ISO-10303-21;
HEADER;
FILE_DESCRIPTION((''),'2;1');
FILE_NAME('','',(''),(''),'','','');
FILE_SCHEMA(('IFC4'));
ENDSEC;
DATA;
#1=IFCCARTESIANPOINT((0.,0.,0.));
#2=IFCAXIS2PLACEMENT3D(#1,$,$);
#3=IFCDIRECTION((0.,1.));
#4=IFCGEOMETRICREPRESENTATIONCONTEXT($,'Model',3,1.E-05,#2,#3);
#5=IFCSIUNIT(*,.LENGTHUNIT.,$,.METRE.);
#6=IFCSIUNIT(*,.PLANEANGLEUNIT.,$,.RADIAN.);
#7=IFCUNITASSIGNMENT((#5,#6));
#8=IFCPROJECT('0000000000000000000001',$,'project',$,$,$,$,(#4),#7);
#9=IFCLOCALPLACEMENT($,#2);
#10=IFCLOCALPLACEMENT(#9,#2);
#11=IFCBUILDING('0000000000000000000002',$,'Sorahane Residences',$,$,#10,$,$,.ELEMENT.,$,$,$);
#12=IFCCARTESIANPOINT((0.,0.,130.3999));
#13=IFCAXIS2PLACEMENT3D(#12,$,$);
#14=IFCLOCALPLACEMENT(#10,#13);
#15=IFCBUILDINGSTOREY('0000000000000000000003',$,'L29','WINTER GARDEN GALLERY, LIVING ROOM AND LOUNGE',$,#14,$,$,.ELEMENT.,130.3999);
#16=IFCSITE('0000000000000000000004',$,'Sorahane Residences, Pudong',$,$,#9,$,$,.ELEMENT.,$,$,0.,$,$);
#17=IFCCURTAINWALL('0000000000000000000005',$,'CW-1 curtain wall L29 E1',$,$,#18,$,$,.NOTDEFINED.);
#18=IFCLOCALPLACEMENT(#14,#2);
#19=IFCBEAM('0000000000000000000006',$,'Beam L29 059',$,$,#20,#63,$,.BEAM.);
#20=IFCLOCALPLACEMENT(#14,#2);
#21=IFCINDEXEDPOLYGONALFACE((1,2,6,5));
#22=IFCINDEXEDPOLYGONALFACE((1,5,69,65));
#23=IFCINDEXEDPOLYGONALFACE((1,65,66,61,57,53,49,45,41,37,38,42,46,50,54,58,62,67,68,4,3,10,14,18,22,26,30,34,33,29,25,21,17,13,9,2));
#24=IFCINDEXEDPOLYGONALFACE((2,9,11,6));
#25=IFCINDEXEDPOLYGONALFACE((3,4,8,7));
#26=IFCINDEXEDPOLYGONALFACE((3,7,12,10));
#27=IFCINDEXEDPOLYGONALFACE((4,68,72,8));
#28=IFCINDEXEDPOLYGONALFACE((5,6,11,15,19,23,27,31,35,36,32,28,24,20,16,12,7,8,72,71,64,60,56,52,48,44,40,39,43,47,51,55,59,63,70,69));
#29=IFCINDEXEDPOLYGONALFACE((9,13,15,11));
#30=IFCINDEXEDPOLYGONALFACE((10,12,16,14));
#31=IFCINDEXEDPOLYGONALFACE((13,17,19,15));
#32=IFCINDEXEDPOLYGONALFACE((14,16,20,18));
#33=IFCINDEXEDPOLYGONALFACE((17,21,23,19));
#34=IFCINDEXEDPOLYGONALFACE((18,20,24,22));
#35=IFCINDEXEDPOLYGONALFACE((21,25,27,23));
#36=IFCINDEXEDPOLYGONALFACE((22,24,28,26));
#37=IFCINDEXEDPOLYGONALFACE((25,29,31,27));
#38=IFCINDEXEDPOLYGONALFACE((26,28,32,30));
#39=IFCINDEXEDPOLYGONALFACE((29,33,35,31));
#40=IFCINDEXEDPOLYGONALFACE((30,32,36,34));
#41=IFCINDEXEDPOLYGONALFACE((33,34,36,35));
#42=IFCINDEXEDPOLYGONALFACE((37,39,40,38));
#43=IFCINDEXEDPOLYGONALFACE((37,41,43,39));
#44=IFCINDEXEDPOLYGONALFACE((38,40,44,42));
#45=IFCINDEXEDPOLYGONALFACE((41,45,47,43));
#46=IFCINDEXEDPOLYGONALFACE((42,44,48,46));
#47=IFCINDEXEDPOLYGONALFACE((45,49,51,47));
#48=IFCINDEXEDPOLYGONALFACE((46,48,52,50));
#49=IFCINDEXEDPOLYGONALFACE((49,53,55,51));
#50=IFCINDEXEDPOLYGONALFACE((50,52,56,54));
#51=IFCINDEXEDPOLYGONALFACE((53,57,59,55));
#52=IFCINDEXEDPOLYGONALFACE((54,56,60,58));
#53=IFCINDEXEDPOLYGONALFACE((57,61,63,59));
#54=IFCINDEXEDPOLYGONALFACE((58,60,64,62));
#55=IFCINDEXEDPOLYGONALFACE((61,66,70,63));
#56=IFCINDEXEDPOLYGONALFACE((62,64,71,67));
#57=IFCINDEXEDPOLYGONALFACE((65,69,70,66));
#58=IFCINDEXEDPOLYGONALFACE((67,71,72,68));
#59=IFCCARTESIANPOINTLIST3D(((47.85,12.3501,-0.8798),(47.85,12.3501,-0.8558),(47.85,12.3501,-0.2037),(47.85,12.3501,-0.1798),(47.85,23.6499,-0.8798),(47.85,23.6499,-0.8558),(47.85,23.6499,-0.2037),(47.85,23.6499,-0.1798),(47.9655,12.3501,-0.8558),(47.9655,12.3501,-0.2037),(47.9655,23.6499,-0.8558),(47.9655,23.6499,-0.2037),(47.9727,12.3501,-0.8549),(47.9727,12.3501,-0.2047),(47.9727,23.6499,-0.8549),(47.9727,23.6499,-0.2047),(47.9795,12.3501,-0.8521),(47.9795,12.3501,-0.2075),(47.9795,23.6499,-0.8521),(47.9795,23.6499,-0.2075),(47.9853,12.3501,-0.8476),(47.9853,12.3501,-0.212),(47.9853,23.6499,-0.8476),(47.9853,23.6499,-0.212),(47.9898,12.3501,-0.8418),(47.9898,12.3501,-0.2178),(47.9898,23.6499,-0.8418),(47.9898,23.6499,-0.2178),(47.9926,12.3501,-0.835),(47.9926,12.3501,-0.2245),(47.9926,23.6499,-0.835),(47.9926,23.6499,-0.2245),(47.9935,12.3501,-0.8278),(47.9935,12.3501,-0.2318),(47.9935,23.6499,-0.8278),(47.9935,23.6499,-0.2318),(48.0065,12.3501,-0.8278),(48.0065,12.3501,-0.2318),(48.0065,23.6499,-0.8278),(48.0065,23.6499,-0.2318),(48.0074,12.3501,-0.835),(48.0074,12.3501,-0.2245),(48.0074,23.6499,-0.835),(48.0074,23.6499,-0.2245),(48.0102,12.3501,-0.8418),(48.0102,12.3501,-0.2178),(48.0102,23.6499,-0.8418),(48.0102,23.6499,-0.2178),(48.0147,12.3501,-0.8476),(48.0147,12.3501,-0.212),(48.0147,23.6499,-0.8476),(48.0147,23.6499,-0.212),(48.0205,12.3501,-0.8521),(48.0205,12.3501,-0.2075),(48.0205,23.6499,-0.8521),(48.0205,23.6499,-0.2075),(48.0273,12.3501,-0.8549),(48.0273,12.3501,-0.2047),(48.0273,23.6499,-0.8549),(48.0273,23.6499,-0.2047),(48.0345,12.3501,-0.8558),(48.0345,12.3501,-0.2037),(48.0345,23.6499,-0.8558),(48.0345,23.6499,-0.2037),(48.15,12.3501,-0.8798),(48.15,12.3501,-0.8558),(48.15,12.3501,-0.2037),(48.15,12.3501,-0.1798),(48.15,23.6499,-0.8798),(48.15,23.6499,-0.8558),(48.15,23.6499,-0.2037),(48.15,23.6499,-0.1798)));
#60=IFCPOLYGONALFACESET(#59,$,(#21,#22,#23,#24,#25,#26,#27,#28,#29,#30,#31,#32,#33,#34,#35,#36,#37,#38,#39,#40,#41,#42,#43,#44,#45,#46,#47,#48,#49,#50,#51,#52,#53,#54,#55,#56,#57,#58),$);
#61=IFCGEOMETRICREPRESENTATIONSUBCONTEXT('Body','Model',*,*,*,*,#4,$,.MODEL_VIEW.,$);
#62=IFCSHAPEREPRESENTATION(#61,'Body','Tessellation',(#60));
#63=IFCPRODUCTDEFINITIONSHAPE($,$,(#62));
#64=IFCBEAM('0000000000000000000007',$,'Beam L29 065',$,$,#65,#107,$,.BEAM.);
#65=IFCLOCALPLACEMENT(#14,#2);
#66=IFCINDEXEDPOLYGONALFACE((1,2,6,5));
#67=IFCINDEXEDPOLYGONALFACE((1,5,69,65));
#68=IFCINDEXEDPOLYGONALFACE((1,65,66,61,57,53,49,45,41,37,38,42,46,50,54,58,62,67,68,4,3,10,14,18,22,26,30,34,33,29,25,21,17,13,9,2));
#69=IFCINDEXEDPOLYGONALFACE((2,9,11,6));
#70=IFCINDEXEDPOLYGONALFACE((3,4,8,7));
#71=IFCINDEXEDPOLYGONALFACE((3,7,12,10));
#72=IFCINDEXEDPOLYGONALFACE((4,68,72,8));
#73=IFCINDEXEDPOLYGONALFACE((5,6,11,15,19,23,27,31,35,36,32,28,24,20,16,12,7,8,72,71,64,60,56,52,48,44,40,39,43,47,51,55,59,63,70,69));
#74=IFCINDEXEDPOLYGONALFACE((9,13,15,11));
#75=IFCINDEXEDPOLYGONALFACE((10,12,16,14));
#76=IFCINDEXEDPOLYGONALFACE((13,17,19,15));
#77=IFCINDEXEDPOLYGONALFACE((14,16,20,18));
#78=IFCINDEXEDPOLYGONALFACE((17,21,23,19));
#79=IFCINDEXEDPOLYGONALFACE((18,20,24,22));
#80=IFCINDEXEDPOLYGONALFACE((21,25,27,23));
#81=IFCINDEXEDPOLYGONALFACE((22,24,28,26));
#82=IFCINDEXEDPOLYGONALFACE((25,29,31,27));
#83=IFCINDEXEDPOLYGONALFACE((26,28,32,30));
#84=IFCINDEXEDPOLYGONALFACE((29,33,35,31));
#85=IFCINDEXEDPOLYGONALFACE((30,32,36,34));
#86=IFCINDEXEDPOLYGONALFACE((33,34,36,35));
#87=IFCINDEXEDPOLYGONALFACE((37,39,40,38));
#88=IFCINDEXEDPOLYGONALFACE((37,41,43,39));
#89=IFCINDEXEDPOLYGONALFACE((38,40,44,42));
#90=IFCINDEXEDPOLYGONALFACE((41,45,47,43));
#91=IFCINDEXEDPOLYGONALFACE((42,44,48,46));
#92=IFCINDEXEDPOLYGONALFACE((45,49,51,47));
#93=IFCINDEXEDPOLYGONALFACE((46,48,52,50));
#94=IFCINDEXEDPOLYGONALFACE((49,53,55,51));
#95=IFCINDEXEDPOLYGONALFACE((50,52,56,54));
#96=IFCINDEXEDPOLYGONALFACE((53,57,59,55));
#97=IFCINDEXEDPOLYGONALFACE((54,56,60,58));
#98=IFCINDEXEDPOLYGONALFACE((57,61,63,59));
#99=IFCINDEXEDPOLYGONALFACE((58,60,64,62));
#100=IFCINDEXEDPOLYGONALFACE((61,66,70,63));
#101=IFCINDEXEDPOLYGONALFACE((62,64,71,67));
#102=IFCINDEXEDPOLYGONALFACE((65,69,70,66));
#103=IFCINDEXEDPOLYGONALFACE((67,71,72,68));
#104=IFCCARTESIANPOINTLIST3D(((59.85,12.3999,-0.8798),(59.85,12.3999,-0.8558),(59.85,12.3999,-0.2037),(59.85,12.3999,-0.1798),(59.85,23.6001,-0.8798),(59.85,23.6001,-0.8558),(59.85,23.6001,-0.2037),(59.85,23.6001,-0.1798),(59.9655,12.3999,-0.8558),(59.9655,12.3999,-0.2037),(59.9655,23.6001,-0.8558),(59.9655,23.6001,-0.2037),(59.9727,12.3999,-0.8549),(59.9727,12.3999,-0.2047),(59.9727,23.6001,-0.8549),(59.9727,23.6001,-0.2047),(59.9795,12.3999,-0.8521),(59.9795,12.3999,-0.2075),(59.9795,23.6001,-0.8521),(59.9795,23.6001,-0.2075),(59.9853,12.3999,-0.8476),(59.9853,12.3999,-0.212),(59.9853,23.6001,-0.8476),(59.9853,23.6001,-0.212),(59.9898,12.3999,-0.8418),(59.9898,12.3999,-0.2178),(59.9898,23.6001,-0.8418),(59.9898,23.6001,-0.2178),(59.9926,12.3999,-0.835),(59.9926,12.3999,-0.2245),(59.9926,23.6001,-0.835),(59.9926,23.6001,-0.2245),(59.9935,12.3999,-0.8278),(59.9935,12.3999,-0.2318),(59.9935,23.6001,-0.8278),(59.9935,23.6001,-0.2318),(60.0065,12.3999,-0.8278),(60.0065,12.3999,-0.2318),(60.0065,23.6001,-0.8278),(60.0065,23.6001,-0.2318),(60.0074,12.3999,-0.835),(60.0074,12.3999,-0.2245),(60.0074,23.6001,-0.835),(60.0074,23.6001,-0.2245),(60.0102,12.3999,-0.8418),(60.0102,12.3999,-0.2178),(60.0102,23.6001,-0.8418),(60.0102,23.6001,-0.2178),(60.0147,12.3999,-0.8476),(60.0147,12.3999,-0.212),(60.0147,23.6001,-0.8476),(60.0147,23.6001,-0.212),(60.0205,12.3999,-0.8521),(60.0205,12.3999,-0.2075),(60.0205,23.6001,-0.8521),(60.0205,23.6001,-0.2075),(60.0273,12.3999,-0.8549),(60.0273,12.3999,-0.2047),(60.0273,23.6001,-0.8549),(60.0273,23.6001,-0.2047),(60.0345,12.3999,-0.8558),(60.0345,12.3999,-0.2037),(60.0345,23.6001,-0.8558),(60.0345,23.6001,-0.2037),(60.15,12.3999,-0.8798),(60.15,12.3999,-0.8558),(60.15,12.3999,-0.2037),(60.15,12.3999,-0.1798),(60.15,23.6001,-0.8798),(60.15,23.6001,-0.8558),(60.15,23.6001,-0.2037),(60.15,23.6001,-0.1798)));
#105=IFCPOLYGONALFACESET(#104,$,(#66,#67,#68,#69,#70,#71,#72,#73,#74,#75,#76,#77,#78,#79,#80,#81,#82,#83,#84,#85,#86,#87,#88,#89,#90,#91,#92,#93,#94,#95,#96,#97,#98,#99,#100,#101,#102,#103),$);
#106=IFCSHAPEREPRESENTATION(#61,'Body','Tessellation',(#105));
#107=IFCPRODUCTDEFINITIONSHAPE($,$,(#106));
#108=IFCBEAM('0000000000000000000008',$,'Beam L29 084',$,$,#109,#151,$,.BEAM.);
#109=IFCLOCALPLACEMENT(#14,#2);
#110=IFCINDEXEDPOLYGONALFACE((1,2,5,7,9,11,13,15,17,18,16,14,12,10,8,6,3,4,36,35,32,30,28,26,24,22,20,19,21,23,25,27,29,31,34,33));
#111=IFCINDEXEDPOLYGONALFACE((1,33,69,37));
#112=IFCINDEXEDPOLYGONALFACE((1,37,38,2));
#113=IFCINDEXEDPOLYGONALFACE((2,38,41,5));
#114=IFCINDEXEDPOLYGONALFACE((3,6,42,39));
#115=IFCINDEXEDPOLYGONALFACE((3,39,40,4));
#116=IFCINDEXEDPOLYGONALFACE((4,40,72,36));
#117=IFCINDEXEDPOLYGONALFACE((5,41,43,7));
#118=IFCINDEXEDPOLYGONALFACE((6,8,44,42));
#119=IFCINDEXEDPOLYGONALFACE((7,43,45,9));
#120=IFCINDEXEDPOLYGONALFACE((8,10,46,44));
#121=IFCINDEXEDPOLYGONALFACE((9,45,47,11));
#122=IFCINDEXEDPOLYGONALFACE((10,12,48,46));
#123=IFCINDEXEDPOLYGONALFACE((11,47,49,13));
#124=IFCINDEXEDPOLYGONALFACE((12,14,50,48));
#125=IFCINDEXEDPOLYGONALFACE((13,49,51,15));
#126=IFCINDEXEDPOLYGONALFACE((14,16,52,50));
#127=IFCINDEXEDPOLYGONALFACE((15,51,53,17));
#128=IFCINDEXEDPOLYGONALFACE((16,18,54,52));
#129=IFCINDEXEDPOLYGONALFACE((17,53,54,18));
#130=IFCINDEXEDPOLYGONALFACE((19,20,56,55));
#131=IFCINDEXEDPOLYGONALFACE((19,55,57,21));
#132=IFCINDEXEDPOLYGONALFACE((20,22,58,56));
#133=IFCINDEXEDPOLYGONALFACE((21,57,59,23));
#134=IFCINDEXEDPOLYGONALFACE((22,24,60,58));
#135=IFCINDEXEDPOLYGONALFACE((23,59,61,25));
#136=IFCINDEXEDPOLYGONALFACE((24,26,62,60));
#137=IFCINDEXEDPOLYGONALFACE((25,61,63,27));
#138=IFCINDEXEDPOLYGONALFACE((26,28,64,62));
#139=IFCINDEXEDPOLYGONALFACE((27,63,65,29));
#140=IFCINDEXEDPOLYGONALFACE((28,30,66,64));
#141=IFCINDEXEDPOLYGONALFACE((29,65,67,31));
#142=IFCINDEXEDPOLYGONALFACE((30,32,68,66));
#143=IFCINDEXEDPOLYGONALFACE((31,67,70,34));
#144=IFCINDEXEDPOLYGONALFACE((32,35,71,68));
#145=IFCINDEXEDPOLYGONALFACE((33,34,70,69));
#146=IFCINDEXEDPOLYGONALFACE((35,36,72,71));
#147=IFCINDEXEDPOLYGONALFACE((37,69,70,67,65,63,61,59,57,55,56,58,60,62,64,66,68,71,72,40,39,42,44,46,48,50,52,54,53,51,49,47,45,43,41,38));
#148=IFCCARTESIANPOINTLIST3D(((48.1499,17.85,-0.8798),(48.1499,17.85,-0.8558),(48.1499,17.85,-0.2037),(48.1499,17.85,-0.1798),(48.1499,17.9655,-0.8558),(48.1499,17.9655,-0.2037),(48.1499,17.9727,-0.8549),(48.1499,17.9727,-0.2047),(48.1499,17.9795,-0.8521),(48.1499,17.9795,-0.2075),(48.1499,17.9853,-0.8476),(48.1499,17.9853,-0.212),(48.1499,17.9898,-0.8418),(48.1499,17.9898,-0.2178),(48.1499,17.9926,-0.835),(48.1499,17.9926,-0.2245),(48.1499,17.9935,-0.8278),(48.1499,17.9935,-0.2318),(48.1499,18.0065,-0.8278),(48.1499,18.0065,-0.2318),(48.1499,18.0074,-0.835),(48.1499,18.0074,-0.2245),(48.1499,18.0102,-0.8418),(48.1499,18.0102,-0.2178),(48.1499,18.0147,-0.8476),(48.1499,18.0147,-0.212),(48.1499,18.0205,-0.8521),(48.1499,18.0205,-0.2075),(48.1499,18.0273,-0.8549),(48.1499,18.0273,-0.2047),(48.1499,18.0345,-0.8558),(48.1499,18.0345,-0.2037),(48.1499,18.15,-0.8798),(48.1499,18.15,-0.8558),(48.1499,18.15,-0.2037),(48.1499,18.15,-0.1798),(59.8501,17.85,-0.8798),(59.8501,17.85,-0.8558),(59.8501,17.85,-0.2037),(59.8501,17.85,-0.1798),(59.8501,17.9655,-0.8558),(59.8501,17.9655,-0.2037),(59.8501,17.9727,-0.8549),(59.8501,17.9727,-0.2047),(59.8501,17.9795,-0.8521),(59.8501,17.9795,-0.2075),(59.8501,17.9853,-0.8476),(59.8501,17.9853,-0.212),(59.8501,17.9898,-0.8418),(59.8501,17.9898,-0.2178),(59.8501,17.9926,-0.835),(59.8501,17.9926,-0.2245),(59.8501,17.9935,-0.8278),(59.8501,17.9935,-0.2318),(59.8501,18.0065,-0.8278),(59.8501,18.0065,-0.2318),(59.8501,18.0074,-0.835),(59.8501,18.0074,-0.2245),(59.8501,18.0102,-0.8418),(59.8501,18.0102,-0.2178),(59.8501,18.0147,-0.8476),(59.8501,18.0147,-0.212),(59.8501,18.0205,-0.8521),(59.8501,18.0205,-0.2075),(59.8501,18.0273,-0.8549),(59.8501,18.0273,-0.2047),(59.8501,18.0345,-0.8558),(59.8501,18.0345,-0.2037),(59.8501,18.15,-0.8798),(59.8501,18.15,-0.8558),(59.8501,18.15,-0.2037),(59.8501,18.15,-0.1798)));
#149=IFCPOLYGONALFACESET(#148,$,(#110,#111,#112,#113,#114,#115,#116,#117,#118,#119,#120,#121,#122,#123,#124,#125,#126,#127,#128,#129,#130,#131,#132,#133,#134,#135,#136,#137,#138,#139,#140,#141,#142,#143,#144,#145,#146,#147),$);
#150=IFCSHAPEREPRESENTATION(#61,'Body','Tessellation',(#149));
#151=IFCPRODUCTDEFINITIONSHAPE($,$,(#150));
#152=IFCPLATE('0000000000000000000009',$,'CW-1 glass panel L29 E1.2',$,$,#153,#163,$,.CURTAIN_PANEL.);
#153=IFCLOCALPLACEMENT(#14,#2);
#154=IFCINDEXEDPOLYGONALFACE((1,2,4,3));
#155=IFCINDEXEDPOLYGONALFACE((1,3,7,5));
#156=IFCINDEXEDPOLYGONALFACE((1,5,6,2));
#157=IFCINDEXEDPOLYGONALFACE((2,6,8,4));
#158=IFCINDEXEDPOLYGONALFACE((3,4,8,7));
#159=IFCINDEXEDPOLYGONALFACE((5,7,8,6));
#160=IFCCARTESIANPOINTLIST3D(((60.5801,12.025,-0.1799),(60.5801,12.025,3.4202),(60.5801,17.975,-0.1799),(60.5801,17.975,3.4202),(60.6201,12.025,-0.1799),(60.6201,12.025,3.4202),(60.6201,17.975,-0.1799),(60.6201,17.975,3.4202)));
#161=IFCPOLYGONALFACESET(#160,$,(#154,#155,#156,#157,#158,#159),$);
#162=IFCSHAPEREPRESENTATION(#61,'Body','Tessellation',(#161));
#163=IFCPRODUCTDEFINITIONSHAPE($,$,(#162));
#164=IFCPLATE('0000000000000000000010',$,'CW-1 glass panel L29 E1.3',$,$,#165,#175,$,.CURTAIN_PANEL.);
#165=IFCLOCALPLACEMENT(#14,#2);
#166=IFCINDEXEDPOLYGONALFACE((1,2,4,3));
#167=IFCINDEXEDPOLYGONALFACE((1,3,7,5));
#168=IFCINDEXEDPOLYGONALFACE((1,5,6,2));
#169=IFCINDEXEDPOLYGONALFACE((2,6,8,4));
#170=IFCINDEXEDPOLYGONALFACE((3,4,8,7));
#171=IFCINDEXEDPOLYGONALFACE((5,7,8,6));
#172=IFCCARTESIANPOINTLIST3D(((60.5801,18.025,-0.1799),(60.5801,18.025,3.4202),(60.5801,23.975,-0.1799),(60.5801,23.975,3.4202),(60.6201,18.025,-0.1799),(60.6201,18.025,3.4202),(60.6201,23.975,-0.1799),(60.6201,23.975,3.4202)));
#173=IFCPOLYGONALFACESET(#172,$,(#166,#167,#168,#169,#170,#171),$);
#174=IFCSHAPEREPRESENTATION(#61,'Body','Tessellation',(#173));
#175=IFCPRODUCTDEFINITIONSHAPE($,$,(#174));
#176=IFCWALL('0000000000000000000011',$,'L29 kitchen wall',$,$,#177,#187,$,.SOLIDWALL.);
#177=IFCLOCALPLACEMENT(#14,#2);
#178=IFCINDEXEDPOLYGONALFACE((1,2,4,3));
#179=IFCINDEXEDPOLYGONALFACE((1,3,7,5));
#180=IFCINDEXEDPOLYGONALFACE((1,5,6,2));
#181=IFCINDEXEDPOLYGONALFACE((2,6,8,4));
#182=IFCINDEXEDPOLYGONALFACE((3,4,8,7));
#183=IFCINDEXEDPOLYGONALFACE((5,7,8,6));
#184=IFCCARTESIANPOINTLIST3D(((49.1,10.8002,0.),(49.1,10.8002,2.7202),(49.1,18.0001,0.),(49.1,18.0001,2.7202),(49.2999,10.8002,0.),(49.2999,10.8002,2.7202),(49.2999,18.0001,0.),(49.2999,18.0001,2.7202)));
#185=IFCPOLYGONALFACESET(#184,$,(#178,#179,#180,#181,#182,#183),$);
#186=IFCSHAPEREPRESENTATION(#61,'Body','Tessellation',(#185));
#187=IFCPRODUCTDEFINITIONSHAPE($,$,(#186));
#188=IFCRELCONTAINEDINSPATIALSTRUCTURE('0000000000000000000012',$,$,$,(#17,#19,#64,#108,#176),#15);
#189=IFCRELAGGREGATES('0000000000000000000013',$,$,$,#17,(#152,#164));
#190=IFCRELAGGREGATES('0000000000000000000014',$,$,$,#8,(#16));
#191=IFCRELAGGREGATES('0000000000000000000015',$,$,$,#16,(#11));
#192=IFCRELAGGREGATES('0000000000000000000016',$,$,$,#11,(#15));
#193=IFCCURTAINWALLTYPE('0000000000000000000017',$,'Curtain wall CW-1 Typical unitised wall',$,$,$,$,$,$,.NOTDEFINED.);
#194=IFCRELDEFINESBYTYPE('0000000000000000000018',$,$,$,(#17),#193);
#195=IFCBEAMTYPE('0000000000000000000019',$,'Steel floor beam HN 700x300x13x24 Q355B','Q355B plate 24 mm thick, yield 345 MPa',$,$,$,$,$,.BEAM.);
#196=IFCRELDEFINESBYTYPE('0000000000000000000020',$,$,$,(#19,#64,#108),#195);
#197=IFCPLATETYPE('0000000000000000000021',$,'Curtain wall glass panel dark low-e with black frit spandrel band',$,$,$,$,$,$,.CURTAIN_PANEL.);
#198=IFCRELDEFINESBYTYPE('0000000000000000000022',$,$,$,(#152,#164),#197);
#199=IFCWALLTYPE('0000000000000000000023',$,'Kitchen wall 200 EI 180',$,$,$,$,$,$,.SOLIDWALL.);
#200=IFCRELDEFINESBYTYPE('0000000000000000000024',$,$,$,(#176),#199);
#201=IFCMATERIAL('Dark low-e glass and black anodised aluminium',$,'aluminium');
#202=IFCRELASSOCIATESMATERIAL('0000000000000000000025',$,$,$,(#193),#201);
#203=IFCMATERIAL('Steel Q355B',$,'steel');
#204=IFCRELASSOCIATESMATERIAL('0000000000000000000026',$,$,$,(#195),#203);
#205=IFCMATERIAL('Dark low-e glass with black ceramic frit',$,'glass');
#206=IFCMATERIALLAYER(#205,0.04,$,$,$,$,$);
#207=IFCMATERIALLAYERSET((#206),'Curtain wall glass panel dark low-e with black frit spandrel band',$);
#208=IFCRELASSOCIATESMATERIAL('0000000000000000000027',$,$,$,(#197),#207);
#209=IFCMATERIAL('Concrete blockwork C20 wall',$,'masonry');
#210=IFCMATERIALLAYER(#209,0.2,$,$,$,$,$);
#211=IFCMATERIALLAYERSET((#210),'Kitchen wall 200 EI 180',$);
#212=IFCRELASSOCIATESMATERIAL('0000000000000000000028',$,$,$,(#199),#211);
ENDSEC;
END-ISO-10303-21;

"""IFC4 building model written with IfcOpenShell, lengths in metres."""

from ifc_helpers import new_model, si_unit, direction, frame, frame_2d, origin, origin_2d, place, context, subcontext, project, spatial, rectangle, i_section, extrude, material, layer, layer_set, material_profile, profile_set, type_object, element, aggregate, save


model = new_model("IFC4")

# Units and contexts
model_context = context("Model", 3, precision=1e-05, world=origin(), true_north=direction((0.0, 1.0)))
body_context = subcontext(model_context, "Body", "Model", "MODEL_VIEW")
ifc_project = project(units=[si_unit("LENGTHUNIT", "METRE"), si_unit("PLANEANGLEUNIT", "RADIAN")], contexts=[model_context])

# Site, building, storey
site_placement = place(None, origin())
site = spatial("IfcSite", under=ifc_project, at=site_placement, Name="Sorahane Residences, Pudong", CompositionType="ELEMENT", RefElevation=0.0)
building_placement = place(site_placement, origin())
building = spatial("IfcBuilding", under=site, at=building_placement, Name="Sorahane Residences", CompositionType="ELEMENT")
storey_placement = place(building_placement, frame((0.0, 0.0, 130.3999)))
storey = spatial("IfcBuildingStorey", under=building, at=storey_placement, Name="L29", Description="WINTER GARDEN GALLERY, LIVING ROOM AND LOUNGE", CompositionType="ELEMENT", Elevation=130.3999)

# Curtain wall
ifc_material_1 = material(Name="Dark low-e glass and black anodised aluminium", Category="aluminium")
curtain_wall_type = type_object("IfcCurtainWallType", Name="Curtain wall CW-1 Typical unitised wall", PredefinedType="NOTDEFINED", material=ifc_material_1)
curtain_wall_placement = place(storey_placement, origin())
curtain_wall = element("IfcCurtainWall", 1, at=curtain_wall_placement, inside=storey, type_object=curtain_wall_type, Name="CW-1 curtain wall L29 E1", PredefinedType="NOTDEFINED")

# Beams
ifc_material_2 = material(Name="Steel Q355B", Category="steel")
ifc_material_profile_1 = material_profile(ifc_material_2, i_section(OverallWidth=0.3, OverallDepth=0.7, WebThickness=0.0129, FlangeThickness=0.0239, FilletRadius=0.0281, at=origin_2d()), Name="HN 700x300x13x24")
ifc_profile_set_1 = profile_set([ifc_material_profile_1], Name="Steel Q355B")
beam_type = type_object("IfcBeamType", Name="Steel floor beam HN 700x300x13x24 Q355B", Description="Q355B plate 24 mm thick, yield 345 MPa", PredefinedType="BEAM", material=ifc_profile_set_1)
beam_1_placement = place(storey_placement, frame((48.0, 12.3501, -0.5298), z_axis=(0.0, 1.0, 0.0), x_axis=(-1.0, 0.0, 0.0)))
element("IfcBeam", 2, at=beam_1_placement, inside=storey, type_object=beam_type, Name="Beam L29 059", PredefinedType="BEAM", context=body_context, shape_type="SweptSolid", body=[
    extrude(i_section(OverallWidth=0.3, OverallDepth=0.7, WebThickness=0.0129, FlangeThickness=0.0239, FilletRadius=0.0281, at=origin_2d()), origin(), (0.0, 0.0, 1.0), 11.2998),
])
beam_2_placement = place(storey_placement, frame((60.0, 12.3999, -0.5298), z_axis=(0.0, 1.0, 0.0), x_axis=(-1.0, 0.0, 0.0)))
element("IfcBeam", 3, at=beam_2_placement, inside=storey, type_object=beam_type, Name="Beam L29 065", PredefinedType="BEAM", context=body_context, shape_type="SweptSolid", body=[
    extrude(i_section(OverallWidth=0.3, OverallDepth=0.7, WebThickness=0.0129, FlangeThickness=0.0239, FilletRadius=0.0281, at=origin_2d()), origin(), (0.0, 0.0, 1.0), 11.2002),
])
beam_3_placement = place(storey_placement, frame((48.1499, 18.0, -0.5298), z_axis=(1.0, 0.0, 0.0), x_axis=(0.0, 1.0, 0.0)))
element("IfcBeam", 4, at=beam_3_placement, inside=storey, type_object=beam_type, Name="Beam L29 084", PredefinedType="BEAM", context=body_context, shape_type="SweptSolid", body=[
    extrude(i_section(OverallWidth=0.3, OverallDepth=0.7, WebThickness=0.0129, FlangeThickness=0.0239, FilletRadius=0.0281, at=origin_2d()), origin(), (0.0, 0.0, 1.0), 11.7002),
])

# Plates
ifc_material_3 = material(Name="Dark low-e glass with black ceramic frit", Category="glass")
ifc_layer_1 = layer(ifc_material_3, 0.04)
ifc_layer_set_1 = layer_set([ifc_layer_1], Name="Curtain wall glass panel dark low-e with black frit spandrel band")
plate_type = type_object("IfcPlateType", Name="Curtain wall glass panel dark low-e with black frit spandrel band", PredefinedType="CURTAIN_PANEL", material=ifc_layer_set_1)
plate_1_placement = place(storey_placement, frame((60.6001, 15.0, -0.1799), z_axis=(0.0, 0.0, 1.0), x_axis=(0.0, 1.0, 0.0)))
plate_1 = element("IfcPlate", 5, at=plate_1_placement, type_object=plate_type, Name="CW-1 glass panel L29 E1.2", PredefinedType="CURTAIN_PANEL", context=body_context, shape_type="SweptSolid", body=[
    extrude(rectangle(XDim=5.95, YDim=0.04, at=origin_2d()), origin(), (0.0, 0.0, 1.0), 3.6001),
])
plate_2_placement = place(storey_placement, frame((60.6001, 21.0, -0.1799), z_axis=(0.0, 0.0, 1.0), x_axis=(0.0, 1.0, 0.0)))
plate_2 = element("IfcPlate", 6, at=plate_2_placement, type_object=plate_type, Name="CW-1 glass panel L29 E1.3", PredefinedType="CURTAIN_PANEL", context=body_context, shape_type="SweptSolid", body=[
    extrude(rectangle(XDim=5.95, YDim=0.04, at=origin_2d()), origin(), (0.0, 0.0, 1.0), 3.6001),
])
aggregate(curtain_wall, [plate_1, plate_2])

# Wall
ifc_material_4 = material(Name="Concrete blockwork C20 wall", Category="masonry")
ifc_layer_2 = layer(ifc_material_4, 0.2)
ifc_layer_set_2 = layer_set([ifc_layer_2], Name="Kitchen wall 200 EI 180")
wall_type_1 = type_object("IfcWallType", Name="Kitchen wall 200 EI 180", PredefinedType="SOLIDWALL", material=ifc_layer_set_2)
wall_1_placement = place(storey_placement, frame((49.2, 10.8, 0.0), z_axis=(0.0, 0.0, 1.0), x_axis=(0.0, 1.0, 0.0)))
element("IfcWall", 7, at=wall_1_placement, inside=storey, type_object=wall_type_1, Name="L29 kitchen wall", PredefinedType="SOLIDWALL", context=body_context, shape_type="SweptSolid", body=[
    extrude(rectangle(XDim=7.2, YDim=0.2, at=frame_2d((3.6001, 0.0))), origin(), (0.0, 0.0, 1.0), 2.7202),
])

save(model, "model.ifc")
